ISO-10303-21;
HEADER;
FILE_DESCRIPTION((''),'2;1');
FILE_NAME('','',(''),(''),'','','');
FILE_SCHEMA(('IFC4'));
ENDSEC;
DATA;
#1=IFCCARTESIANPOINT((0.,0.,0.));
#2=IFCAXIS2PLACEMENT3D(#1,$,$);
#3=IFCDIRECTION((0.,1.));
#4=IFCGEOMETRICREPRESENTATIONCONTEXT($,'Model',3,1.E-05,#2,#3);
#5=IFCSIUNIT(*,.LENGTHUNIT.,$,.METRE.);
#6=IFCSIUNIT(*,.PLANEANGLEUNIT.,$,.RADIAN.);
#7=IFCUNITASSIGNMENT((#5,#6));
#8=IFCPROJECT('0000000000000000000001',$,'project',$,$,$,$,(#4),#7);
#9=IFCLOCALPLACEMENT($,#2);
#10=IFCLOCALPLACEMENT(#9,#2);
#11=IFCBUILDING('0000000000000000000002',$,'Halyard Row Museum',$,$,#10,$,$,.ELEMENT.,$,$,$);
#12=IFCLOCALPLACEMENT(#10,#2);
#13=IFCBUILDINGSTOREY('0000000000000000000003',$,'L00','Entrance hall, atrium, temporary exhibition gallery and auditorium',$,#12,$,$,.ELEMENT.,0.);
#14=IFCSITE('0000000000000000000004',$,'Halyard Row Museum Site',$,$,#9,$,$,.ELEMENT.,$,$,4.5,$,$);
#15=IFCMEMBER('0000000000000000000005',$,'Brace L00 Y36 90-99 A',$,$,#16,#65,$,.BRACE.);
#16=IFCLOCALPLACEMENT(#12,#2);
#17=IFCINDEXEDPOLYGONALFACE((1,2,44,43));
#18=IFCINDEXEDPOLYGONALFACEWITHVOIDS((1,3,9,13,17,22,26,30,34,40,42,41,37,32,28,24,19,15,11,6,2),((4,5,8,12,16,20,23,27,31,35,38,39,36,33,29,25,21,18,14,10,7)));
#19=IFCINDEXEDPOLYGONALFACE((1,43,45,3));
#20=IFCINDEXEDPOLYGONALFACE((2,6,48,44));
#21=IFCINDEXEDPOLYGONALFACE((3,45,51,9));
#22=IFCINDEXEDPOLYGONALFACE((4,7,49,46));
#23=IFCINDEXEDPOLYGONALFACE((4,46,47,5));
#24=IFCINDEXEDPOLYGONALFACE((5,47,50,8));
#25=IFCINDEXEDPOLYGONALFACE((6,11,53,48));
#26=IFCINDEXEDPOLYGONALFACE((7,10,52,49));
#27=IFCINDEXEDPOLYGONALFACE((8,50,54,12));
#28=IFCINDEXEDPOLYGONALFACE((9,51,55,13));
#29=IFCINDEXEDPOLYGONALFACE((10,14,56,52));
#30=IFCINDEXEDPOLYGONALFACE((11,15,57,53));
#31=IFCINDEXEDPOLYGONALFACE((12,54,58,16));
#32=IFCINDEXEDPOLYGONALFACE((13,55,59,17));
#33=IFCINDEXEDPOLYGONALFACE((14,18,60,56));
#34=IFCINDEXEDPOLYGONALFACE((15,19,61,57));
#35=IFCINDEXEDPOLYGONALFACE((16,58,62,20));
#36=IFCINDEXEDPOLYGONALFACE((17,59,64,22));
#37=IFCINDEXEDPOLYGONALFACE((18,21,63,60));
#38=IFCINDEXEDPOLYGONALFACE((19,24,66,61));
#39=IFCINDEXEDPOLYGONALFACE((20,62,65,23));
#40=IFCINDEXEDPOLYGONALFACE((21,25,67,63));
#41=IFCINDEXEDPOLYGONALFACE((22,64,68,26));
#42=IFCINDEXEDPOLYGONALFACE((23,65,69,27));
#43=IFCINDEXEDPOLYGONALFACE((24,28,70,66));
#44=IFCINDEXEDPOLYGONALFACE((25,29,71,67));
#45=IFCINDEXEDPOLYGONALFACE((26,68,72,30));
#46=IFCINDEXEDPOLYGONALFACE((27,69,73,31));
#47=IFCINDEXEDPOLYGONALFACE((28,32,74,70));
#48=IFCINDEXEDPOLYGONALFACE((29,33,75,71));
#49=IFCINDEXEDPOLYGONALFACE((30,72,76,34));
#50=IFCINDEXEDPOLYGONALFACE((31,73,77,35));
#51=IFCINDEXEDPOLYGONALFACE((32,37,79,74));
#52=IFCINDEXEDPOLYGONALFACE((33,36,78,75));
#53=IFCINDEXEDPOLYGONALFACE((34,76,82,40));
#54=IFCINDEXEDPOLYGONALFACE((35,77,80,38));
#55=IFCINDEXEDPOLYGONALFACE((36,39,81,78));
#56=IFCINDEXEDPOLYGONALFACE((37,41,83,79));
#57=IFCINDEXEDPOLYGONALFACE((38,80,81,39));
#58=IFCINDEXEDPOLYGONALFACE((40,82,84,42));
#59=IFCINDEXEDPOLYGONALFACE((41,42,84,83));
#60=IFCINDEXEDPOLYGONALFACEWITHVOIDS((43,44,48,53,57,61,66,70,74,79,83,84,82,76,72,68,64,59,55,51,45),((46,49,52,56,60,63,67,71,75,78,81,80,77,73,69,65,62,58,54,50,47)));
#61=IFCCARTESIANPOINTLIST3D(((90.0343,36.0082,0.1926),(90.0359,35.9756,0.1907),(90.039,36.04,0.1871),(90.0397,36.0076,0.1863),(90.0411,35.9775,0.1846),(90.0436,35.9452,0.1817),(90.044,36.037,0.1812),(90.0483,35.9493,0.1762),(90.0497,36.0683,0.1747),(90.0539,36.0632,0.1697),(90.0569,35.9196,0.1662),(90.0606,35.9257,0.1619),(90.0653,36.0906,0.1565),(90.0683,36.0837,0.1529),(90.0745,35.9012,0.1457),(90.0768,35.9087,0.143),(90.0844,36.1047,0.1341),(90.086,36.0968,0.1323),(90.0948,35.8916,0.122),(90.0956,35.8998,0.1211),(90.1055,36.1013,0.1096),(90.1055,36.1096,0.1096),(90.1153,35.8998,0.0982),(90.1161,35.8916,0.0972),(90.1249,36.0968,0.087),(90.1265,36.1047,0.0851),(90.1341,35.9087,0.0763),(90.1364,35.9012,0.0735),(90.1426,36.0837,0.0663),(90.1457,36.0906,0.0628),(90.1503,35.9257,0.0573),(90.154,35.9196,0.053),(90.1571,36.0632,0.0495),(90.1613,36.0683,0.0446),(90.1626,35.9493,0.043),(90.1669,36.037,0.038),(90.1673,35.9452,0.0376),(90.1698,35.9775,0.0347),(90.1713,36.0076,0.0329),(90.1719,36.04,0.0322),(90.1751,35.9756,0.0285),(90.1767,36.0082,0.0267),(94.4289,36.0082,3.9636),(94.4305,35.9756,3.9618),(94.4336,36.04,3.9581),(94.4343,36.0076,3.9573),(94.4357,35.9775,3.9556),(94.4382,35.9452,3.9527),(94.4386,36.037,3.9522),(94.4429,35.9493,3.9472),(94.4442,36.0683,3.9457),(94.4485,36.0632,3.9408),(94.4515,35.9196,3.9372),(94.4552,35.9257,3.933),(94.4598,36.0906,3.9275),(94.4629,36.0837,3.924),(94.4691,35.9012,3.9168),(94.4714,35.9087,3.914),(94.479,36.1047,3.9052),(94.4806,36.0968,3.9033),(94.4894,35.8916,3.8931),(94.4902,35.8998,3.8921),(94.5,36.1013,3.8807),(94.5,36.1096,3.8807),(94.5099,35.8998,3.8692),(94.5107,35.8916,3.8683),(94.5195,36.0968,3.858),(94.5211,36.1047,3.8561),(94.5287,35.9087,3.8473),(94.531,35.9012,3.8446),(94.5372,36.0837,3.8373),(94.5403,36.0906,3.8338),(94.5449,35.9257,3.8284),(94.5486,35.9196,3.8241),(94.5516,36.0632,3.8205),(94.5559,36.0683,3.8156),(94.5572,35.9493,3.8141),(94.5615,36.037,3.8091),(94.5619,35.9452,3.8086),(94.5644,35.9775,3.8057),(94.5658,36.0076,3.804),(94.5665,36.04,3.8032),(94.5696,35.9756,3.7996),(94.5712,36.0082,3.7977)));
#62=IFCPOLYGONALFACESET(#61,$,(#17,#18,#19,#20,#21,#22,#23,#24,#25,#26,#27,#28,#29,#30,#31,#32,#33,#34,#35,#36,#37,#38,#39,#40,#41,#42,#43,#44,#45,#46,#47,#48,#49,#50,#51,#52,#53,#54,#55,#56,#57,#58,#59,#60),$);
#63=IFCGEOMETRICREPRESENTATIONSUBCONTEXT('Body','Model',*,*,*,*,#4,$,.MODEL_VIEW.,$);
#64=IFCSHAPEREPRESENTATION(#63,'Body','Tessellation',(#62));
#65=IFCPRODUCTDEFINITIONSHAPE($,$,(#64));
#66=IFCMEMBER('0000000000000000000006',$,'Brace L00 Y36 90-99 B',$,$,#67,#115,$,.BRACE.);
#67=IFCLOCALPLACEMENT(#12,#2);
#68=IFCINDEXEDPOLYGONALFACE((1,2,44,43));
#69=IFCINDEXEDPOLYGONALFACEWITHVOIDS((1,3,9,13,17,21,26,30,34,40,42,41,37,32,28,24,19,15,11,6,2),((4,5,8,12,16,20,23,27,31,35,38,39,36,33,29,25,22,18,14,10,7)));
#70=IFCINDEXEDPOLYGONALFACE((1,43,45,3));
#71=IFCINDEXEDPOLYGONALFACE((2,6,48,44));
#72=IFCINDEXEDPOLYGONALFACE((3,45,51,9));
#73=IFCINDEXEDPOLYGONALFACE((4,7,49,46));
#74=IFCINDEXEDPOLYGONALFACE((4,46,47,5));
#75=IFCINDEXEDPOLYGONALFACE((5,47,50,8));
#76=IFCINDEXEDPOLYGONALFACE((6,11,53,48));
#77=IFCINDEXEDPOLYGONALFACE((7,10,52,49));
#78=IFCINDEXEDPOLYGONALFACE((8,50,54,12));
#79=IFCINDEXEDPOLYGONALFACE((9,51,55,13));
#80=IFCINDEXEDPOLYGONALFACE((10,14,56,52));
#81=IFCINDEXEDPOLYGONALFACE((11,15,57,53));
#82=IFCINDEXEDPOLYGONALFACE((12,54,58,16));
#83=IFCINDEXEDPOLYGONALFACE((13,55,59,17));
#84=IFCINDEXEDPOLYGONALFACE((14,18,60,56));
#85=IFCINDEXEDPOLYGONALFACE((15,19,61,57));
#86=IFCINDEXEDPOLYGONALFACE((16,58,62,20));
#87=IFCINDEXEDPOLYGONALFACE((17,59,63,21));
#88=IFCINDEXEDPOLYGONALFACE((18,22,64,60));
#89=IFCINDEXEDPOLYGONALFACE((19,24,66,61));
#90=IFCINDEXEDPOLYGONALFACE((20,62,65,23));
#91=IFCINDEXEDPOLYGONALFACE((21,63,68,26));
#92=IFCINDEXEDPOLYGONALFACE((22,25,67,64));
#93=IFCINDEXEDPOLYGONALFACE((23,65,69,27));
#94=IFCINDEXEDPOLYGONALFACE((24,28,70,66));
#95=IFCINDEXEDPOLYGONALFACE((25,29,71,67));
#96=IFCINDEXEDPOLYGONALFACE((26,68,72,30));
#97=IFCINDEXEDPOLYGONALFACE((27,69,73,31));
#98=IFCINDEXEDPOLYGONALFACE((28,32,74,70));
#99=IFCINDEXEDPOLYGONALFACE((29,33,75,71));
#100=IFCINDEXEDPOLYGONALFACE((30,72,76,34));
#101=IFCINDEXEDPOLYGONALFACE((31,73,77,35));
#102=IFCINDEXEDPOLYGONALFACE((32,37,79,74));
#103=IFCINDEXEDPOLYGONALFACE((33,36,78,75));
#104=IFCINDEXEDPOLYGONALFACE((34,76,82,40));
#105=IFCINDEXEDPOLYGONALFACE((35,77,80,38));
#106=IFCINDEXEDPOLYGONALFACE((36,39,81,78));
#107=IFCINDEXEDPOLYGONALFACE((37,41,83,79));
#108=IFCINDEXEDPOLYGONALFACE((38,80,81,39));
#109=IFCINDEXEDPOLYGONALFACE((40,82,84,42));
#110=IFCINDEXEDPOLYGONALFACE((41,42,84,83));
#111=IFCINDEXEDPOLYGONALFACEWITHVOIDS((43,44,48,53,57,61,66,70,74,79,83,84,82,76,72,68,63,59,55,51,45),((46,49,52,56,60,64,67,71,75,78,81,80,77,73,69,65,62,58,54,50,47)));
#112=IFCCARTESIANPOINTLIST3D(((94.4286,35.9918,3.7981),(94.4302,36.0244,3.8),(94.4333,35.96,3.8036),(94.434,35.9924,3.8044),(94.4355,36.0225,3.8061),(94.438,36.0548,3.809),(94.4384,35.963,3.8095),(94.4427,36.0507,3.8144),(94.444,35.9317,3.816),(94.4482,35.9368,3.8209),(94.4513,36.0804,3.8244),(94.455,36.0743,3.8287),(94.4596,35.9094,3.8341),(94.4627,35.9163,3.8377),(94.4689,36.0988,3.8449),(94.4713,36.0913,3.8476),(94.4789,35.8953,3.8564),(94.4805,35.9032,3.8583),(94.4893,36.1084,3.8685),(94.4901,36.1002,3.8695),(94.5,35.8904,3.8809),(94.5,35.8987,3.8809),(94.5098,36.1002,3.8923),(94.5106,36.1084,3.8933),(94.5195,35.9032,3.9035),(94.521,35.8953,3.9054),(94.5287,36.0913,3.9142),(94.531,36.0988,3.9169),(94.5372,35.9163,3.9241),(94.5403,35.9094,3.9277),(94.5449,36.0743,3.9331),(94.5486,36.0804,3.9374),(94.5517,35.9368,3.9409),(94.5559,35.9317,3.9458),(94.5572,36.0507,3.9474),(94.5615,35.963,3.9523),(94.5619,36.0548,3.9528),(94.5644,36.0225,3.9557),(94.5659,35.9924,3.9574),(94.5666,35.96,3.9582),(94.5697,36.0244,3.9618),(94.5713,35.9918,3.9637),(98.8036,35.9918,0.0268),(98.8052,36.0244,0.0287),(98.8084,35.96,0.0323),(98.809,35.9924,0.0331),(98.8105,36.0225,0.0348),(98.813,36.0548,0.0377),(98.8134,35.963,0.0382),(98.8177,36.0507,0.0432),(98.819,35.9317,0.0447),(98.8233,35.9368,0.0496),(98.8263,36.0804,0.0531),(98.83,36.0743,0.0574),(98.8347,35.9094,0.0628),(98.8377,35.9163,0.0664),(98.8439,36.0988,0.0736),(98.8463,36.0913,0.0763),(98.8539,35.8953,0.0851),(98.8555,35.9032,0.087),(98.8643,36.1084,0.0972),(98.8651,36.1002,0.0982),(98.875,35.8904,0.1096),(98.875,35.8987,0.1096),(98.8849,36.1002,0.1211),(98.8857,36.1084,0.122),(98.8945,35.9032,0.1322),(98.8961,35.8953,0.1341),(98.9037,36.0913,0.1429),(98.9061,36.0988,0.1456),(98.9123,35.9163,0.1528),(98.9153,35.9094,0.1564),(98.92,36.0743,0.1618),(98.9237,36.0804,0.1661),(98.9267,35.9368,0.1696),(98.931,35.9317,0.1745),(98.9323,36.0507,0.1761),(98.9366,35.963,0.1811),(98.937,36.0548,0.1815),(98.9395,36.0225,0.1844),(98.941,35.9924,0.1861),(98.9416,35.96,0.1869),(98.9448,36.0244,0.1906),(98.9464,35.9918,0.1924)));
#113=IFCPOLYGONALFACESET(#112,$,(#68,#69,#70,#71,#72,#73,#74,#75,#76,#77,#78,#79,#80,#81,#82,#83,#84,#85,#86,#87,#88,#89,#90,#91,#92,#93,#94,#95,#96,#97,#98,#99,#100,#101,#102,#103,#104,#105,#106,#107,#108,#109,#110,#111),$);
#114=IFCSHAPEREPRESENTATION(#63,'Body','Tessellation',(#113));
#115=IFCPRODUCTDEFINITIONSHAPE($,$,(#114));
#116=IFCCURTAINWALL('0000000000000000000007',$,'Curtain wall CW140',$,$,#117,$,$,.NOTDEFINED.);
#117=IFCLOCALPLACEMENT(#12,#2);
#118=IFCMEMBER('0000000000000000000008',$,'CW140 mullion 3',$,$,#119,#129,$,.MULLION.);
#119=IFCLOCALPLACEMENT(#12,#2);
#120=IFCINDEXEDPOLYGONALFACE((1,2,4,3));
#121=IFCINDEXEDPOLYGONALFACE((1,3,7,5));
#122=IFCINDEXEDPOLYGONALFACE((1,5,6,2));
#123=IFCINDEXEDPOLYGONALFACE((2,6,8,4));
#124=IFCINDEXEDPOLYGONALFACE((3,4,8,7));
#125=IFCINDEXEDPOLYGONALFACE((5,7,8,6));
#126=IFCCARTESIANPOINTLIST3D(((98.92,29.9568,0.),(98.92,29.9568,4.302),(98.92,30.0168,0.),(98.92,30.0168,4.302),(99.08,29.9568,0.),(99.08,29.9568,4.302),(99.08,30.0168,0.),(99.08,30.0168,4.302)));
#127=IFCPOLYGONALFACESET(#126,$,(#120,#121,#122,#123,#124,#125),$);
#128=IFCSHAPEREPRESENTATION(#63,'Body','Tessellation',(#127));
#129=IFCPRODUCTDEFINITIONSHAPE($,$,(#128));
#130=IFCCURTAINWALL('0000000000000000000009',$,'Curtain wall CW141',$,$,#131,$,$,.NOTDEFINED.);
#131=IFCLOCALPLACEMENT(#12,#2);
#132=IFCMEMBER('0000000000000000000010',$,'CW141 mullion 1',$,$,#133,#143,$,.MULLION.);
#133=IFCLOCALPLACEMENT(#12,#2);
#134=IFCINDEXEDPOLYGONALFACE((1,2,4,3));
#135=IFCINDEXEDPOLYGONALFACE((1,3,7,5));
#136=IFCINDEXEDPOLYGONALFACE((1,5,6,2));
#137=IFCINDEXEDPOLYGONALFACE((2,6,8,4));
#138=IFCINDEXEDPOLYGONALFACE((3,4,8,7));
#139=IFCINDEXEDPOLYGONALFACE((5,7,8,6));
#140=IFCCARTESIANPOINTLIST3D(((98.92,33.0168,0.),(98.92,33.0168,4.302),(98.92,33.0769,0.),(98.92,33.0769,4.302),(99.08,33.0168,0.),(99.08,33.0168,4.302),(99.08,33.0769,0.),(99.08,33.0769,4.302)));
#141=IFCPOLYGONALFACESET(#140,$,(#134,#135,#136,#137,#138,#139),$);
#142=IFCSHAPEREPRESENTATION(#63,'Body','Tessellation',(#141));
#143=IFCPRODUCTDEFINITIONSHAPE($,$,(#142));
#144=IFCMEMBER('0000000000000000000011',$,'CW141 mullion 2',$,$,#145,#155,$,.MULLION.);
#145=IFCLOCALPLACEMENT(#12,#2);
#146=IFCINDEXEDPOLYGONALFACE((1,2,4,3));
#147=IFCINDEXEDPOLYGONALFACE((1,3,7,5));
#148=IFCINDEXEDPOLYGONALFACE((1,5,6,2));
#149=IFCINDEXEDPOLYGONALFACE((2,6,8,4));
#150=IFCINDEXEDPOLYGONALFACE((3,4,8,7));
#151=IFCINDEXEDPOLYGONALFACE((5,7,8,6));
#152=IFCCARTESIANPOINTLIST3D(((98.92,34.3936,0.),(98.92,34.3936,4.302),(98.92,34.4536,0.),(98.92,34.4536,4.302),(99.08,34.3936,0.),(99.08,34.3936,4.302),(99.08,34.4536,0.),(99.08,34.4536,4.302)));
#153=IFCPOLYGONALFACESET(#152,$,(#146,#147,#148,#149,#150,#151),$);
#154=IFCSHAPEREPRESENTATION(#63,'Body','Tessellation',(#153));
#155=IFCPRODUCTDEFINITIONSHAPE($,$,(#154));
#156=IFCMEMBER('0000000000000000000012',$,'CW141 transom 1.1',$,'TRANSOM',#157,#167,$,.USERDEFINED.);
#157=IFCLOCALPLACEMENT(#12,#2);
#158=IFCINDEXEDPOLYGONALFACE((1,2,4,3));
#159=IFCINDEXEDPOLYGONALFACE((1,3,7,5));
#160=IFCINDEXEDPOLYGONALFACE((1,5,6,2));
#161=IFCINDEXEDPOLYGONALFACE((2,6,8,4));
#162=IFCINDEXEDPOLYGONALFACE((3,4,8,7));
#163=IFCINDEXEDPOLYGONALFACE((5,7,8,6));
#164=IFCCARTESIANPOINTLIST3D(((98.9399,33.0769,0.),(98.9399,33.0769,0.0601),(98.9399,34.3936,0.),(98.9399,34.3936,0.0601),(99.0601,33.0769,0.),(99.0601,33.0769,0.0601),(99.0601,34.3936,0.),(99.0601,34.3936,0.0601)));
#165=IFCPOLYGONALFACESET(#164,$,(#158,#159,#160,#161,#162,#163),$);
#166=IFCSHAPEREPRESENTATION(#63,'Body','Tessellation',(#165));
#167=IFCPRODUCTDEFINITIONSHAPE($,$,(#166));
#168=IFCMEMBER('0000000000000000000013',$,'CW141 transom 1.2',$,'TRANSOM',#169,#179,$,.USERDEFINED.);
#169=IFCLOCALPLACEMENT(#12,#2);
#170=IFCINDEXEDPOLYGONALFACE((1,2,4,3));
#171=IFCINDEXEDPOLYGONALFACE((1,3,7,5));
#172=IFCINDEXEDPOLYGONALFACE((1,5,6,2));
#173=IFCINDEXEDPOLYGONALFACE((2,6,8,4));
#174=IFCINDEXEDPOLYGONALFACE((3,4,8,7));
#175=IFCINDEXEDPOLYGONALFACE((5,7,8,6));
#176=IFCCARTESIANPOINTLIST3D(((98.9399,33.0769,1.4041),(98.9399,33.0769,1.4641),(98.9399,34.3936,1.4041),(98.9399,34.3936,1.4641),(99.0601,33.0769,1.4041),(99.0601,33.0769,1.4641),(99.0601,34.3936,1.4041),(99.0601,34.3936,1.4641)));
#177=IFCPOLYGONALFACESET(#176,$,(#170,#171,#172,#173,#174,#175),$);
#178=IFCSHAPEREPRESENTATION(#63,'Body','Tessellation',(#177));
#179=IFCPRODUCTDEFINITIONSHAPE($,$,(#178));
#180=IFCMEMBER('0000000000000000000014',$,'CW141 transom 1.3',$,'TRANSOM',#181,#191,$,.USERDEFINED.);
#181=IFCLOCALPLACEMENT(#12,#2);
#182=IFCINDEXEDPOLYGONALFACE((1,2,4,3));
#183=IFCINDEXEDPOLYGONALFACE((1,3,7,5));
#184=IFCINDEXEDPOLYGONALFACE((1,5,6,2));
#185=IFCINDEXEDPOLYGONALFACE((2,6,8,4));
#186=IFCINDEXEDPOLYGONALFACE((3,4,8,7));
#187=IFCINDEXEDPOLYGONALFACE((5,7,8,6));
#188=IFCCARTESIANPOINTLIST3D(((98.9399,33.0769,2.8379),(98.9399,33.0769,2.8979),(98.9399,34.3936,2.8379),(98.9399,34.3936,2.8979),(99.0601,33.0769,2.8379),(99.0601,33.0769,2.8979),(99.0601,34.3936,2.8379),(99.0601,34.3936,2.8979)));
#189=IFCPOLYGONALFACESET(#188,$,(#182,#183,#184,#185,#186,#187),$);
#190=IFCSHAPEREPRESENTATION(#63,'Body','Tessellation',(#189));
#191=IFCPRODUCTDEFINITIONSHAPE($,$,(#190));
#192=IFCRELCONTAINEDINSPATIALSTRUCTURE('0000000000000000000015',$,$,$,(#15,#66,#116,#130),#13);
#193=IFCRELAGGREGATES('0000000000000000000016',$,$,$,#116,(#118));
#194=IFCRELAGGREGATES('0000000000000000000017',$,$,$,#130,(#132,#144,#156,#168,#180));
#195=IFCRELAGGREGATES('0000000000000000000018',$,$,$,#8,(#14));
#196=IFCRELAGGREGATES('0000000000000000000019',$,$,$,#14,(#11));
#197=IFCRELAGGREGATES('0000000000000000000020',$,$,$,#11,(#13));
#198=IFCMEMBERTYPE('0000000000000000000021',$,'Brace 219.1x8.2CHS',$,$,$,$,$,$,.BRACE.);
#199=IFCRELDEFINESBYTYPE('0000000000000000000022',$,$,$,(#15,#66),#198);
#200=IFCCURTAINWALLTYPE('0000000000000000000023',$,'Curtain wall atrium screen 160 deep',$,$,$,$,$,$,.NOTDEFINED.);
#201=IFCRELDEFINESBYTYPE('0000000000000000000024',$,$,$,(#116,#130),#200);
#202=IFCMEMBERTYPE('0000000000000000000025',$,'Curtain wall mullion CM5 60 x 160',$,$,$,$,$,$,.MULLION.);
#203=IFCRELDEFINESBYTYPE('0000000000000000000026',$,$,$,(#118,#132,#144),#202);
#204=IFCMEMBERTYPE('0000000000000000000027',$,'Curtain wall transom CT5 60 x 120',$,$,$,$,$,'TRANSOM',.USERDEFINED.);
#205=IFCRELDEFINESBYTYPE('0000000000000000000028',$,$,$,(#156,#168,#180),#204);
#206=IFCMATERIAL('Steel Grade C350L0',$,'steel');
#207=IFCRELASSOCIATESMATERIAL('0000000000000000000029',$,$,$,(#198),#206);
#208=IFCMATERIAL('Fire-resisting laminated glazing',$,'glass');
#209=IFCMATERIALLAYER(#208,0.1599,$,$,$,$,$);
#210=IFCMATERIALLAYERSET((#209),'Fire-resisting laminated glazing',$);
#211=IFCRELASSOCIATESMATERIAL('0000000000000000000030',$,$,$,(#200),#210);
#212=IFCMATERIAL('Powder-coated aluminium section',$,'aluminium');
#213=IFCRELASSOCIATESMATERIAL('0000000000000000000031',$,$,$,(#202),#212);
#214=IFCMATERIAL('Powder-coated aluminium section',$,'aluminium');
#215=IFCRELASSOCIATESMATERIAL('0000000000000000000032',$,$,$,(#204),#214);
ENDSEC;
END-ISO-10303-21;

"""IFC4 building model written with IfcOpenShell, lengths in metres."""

from ifc_helpers import new_model, si_unit, direction, frame, origin, origin_2d, place, context, subcontext, project, spatial, rectangle, hollow_circle, extrude, material, layer, layer_set, material_profile, profile_set, type_object, element, aggregate, save


model = new_model("IFC4")

# Units and contexts
model_context = context("Model", 3, precision=1e-05, world=origin(), true_north=direction((0.0, 1.0)))
body_context = subcontext(model_context, "Body", "Model", "MODEL_VIEW")
ifc_project = project(units=[si_unit("LENGTHUNIT", "METRE"), si_unit("PLANEANGLEUNIT", "RADIAN")], contexts=[model_context])

# Site, building, storey
site_placement = place(None, origin())
site = spatial("IfcSite", under=ifc_project, at=site_placement, Name="Halyard Row Museum Site", CompositionType="ELEMENT", RefElevation=4.5)
building_placement = place(site_placement, origin())
building = spatial("IfcBuilding", under=site, at=building_placement, Name="Halyard Row Museum", CompositionType="ELEMENT")
storey_placement = place(building_placement, origin())
storey = spatial("IfcBuildingStorey", under=building, at=storey_placement, Name="L00", Description="Entrance hall, atrium, temporary exhibition gallery and auditorium", CompositionType="ELEMENT", Elevation=0.0)

# Members
ifc_material_1 = material(Name="Steel Grade C350L0", Category="steel")
ifc_material_profile_1 = material_profile(ifc_material_1, hollow_circle(Radius=0.1096, WallThickness=0.0083, at=origin_2d()), Name="219.1x8.2CHS")
ifc_profile_set_1 = profile_set([ifc_material_profile_1], Name="Steel Grade C350L0")
member_type_1 = type_object("IfcMemberType", Name="Brace 219.1x8.2CHS", PredefinedType="BRACE", material=ifc_profile_set_1)
member_1_placement = place(storey_placement, frame((90.1055, 36.0, 0.1096), z_axis=(0.758893, 0.0, 0.651215), x_axis=(0.0, 1.0, 0.0)))
element("IfcMember", 1, at=member_1_placement, inside=storey, type_object=member_type_1, Name="Brace L00 Y36 90-99 A", PredefinedType="BRACE", context=body_context, shape_type="SweptSolid", body=[
    extrude(hollow_circle(Radius=0.1096, WallThickness=0.0083, at=origin_2d()), origin(), (0.0, 0.0, 1.0), 5.7908),
])
member_2_placement = place(storey_placement, frame((98.875, 36.0, 0.1096), z_axis=(-0.757437, 0.0, 0.652909), x_axis=(0.0, -1.0, 0.0)))
element("IfcMember", 2, at=member_2_placement, inside=storey, type_object=member_type_1, Name="Brace L00 Y36 90-99 B", PredefinedType="BRACE", context=body_context, shape_type="SweptSolid", body=[
    extrude(hollow_circle(Radius=0.1096, WallThickness=0.0083, at=origin_2d()), origin(), (0.0, 0.0, 1.0), 5.7761),
])

# Curtain wall, member
ifc_material_2 = material(Name="Fire-resisting laminated glazing", Category="glass")
ifc_layer_1 = layer(ifc_material_2, 0.1599)
ifc_layer_set_1 = layer_set([ifc_layer_1], Name="Fire-resisting laminated glazing")
curtain_wall_type = type_object("IfcCurtainWallType", Name="Curtain wall atrium screen 160 deep", PredefinedType="NOTDEFINED", material=ifc_layer_set_1)
curtain_wall_1_placement = place(storey_placement, origin())
curtain_wall_1 = element("IfcCurtainWall", 3, at=curtain_wall_1_placement, inside=storey, type_object=curtain_wall_type, Name="Curtain wall CW140", PredefinedType="NOTDEFINED")
ifc_material_3 = material(Name="Powder-coated aluminium section", Category="aluminium")
ifc_material_profile_2 = material_profile(ifc_material_3, rectangle(XDim=0.1599, YDim=0.0601, at=origin_2d()), Name="160x60 mullion")
ifc_profile_set_2 = profile_set([ifc_material_profile_2], Name="Powder-coated aluminium section")
member_type_2 = type_object("IfcMemberType", Name="Curtain wall mullion CM5 60 x 160", PredefinedType="MULLION", material=ifc_profile_set_2)
member_3_placement = place(storey_placement, frame((99.0, 29.9868, 0.0), z_axis=(0.0, 0.0, 1.0), x_axis=(-1.0, 0.0, 0.0)))
member_3 = element("IfcMember", 4, at=member_3_placement, type_object=member_type_2, Name="CW140 mullion 3", PredefinedType="MULLION", context=body_context, shape_type="SweptSolid", body=[
    extrude(rectangle(XDim=0.1599, YDim=0.0601, at=origin_2d()), origin(), (0.0, 0.0, 1.0), 4.302),
])

# Curtain wall, members
curtain_wall_2_placement = place(storey_placement, origin())
curtain_wall_2 = element("IfcCurtainWall", 5, at=curtain_wall_2_placement, inside=storey, type_object=curtain_wall_type, Name="Curtain wall CW141", PredefinedType="NOTDEFINED")
member_4_placement = place(storey_placement, frame((99.0, 33.0469, 0.0), z_axis=(0.0, 0.0, 1.0), x_axis=(-1.0, 0.0, 0.0)))
member_4 = element("IfcMember", 6, at=member_4_placement, type_object=member_type_2, Name="CW141 mullion 1", PredefinedType="MULLION", context=body_context, shape_type="SweptSolid", body=[
    extrude(rectangle(XDim=0.1599, YDim=0.0601, at=origin_2d()), origin(), (0.0, 0.0, 1.0), 4.302),
])
member_5_placement = place(storey_placement, frame((99.0, 34.4236, 0.0), z_axis=(0.0, 0.0, 1.0), x_axis=(-1.0, 0.0, 0.0)))
member_5 = element("IfcMember", 7, at=member_5_placement, type_object=member_type_2, Name="CW141 mullion 2", PredefinedType="MULLION", context=body_context, shape_type="SweptSolid", body=[
    extrude(rectangle(XDim=0.1599, YDim=0.0601, at=origin_2d()), origin(), (0.0, 0.0, 1.0), 4.302),
])
ifc_material_4 = material(Name="Powder-coated aluminium section", Category="aluminium")
ifc_material_profile_3 = material_profile(ifc_material_4, rectangle(XDim=0.1201, YDim=0.0601, at=origin_2d()), Name="120x60 transom")
ifc_profile_set_3 = profile_set([ifc_material_profile_3], Name="Powder-coated aluminium section")
member_type_3 = type_object("IfcMemberType", Name="Curtain wall transom CT5 60 x 120", ElementType="TRANSOM", PredefinedType="USERDEFINED", material=ifc_profile_set_3)
member_6_placement = place(storey_placement, frame((99.0, 33.0769, 0.03), z_axis=(0.0, 1.0, 0.0), x_axis=(-1.0, 0.0, 0.0)))
member_6 = element("IfcMember", 8, at=member_6_placement, type_object=member_type_3, Name="CW141 transom 1.1", ObjectType="TRANSOM", PredefinedType="USERDEFINED", context=body_context, shape_type="SweptSolid", body=[
    extrude(rectangle(XDim=0.1201, YDim=0.0601, at=origin_2d()), origin(), (0.0, 0.0, 1.0), 1.3167),
])
member_7_placement = place(storey_placement, frame((99.0, 33.0769, 1.4341), z_axis=(0.0, 1.0, 0.0), x_axis=(-1.0, 0.0, 0.0)))
member_7 = element("IfcMember", 9, at=member_7_placement, type_object=member_type_3, Name="CW141 transom 1.2", ObjectType="TRANSOM", PredefinedType="USERDEFINED", context=body_context, shape_type="SweptSolid", body=[
    extrude(rectangle(XDim=0.1201, YDim=0.0601, at=origin_2d()), origin(), (0.0, 0.0, 1.0), 1.3167),
])
member_8_placement = place(storey_placement, frame((99.0, 33.0769, 2.8679), z_axis=(0.0, 1.0, 0.0), x_axis=(-1.0, 0.0, 0.0)))
member_8 = element("IfcMember", 10, at=member_8_placement, type_object=member_type_3, Name="CW141 transom 1.3", ObjectType="TRANSOM", PredefinedType="USERDEFINED", context=body_context, shape_type="SweptSolid", body=[
    extrude(rectangle(XDim=0.1201, YDim=0.0601, at=origin_2d()), origin(), (0.0, 0.0, 1.0), 1.3167),
])

aggregate(curtain_wall_1, [member_3])
aggregate(curtain_wall_2, [member_4, member_5, member_6, member_7, member_8])

save(model, "model.ifc")
